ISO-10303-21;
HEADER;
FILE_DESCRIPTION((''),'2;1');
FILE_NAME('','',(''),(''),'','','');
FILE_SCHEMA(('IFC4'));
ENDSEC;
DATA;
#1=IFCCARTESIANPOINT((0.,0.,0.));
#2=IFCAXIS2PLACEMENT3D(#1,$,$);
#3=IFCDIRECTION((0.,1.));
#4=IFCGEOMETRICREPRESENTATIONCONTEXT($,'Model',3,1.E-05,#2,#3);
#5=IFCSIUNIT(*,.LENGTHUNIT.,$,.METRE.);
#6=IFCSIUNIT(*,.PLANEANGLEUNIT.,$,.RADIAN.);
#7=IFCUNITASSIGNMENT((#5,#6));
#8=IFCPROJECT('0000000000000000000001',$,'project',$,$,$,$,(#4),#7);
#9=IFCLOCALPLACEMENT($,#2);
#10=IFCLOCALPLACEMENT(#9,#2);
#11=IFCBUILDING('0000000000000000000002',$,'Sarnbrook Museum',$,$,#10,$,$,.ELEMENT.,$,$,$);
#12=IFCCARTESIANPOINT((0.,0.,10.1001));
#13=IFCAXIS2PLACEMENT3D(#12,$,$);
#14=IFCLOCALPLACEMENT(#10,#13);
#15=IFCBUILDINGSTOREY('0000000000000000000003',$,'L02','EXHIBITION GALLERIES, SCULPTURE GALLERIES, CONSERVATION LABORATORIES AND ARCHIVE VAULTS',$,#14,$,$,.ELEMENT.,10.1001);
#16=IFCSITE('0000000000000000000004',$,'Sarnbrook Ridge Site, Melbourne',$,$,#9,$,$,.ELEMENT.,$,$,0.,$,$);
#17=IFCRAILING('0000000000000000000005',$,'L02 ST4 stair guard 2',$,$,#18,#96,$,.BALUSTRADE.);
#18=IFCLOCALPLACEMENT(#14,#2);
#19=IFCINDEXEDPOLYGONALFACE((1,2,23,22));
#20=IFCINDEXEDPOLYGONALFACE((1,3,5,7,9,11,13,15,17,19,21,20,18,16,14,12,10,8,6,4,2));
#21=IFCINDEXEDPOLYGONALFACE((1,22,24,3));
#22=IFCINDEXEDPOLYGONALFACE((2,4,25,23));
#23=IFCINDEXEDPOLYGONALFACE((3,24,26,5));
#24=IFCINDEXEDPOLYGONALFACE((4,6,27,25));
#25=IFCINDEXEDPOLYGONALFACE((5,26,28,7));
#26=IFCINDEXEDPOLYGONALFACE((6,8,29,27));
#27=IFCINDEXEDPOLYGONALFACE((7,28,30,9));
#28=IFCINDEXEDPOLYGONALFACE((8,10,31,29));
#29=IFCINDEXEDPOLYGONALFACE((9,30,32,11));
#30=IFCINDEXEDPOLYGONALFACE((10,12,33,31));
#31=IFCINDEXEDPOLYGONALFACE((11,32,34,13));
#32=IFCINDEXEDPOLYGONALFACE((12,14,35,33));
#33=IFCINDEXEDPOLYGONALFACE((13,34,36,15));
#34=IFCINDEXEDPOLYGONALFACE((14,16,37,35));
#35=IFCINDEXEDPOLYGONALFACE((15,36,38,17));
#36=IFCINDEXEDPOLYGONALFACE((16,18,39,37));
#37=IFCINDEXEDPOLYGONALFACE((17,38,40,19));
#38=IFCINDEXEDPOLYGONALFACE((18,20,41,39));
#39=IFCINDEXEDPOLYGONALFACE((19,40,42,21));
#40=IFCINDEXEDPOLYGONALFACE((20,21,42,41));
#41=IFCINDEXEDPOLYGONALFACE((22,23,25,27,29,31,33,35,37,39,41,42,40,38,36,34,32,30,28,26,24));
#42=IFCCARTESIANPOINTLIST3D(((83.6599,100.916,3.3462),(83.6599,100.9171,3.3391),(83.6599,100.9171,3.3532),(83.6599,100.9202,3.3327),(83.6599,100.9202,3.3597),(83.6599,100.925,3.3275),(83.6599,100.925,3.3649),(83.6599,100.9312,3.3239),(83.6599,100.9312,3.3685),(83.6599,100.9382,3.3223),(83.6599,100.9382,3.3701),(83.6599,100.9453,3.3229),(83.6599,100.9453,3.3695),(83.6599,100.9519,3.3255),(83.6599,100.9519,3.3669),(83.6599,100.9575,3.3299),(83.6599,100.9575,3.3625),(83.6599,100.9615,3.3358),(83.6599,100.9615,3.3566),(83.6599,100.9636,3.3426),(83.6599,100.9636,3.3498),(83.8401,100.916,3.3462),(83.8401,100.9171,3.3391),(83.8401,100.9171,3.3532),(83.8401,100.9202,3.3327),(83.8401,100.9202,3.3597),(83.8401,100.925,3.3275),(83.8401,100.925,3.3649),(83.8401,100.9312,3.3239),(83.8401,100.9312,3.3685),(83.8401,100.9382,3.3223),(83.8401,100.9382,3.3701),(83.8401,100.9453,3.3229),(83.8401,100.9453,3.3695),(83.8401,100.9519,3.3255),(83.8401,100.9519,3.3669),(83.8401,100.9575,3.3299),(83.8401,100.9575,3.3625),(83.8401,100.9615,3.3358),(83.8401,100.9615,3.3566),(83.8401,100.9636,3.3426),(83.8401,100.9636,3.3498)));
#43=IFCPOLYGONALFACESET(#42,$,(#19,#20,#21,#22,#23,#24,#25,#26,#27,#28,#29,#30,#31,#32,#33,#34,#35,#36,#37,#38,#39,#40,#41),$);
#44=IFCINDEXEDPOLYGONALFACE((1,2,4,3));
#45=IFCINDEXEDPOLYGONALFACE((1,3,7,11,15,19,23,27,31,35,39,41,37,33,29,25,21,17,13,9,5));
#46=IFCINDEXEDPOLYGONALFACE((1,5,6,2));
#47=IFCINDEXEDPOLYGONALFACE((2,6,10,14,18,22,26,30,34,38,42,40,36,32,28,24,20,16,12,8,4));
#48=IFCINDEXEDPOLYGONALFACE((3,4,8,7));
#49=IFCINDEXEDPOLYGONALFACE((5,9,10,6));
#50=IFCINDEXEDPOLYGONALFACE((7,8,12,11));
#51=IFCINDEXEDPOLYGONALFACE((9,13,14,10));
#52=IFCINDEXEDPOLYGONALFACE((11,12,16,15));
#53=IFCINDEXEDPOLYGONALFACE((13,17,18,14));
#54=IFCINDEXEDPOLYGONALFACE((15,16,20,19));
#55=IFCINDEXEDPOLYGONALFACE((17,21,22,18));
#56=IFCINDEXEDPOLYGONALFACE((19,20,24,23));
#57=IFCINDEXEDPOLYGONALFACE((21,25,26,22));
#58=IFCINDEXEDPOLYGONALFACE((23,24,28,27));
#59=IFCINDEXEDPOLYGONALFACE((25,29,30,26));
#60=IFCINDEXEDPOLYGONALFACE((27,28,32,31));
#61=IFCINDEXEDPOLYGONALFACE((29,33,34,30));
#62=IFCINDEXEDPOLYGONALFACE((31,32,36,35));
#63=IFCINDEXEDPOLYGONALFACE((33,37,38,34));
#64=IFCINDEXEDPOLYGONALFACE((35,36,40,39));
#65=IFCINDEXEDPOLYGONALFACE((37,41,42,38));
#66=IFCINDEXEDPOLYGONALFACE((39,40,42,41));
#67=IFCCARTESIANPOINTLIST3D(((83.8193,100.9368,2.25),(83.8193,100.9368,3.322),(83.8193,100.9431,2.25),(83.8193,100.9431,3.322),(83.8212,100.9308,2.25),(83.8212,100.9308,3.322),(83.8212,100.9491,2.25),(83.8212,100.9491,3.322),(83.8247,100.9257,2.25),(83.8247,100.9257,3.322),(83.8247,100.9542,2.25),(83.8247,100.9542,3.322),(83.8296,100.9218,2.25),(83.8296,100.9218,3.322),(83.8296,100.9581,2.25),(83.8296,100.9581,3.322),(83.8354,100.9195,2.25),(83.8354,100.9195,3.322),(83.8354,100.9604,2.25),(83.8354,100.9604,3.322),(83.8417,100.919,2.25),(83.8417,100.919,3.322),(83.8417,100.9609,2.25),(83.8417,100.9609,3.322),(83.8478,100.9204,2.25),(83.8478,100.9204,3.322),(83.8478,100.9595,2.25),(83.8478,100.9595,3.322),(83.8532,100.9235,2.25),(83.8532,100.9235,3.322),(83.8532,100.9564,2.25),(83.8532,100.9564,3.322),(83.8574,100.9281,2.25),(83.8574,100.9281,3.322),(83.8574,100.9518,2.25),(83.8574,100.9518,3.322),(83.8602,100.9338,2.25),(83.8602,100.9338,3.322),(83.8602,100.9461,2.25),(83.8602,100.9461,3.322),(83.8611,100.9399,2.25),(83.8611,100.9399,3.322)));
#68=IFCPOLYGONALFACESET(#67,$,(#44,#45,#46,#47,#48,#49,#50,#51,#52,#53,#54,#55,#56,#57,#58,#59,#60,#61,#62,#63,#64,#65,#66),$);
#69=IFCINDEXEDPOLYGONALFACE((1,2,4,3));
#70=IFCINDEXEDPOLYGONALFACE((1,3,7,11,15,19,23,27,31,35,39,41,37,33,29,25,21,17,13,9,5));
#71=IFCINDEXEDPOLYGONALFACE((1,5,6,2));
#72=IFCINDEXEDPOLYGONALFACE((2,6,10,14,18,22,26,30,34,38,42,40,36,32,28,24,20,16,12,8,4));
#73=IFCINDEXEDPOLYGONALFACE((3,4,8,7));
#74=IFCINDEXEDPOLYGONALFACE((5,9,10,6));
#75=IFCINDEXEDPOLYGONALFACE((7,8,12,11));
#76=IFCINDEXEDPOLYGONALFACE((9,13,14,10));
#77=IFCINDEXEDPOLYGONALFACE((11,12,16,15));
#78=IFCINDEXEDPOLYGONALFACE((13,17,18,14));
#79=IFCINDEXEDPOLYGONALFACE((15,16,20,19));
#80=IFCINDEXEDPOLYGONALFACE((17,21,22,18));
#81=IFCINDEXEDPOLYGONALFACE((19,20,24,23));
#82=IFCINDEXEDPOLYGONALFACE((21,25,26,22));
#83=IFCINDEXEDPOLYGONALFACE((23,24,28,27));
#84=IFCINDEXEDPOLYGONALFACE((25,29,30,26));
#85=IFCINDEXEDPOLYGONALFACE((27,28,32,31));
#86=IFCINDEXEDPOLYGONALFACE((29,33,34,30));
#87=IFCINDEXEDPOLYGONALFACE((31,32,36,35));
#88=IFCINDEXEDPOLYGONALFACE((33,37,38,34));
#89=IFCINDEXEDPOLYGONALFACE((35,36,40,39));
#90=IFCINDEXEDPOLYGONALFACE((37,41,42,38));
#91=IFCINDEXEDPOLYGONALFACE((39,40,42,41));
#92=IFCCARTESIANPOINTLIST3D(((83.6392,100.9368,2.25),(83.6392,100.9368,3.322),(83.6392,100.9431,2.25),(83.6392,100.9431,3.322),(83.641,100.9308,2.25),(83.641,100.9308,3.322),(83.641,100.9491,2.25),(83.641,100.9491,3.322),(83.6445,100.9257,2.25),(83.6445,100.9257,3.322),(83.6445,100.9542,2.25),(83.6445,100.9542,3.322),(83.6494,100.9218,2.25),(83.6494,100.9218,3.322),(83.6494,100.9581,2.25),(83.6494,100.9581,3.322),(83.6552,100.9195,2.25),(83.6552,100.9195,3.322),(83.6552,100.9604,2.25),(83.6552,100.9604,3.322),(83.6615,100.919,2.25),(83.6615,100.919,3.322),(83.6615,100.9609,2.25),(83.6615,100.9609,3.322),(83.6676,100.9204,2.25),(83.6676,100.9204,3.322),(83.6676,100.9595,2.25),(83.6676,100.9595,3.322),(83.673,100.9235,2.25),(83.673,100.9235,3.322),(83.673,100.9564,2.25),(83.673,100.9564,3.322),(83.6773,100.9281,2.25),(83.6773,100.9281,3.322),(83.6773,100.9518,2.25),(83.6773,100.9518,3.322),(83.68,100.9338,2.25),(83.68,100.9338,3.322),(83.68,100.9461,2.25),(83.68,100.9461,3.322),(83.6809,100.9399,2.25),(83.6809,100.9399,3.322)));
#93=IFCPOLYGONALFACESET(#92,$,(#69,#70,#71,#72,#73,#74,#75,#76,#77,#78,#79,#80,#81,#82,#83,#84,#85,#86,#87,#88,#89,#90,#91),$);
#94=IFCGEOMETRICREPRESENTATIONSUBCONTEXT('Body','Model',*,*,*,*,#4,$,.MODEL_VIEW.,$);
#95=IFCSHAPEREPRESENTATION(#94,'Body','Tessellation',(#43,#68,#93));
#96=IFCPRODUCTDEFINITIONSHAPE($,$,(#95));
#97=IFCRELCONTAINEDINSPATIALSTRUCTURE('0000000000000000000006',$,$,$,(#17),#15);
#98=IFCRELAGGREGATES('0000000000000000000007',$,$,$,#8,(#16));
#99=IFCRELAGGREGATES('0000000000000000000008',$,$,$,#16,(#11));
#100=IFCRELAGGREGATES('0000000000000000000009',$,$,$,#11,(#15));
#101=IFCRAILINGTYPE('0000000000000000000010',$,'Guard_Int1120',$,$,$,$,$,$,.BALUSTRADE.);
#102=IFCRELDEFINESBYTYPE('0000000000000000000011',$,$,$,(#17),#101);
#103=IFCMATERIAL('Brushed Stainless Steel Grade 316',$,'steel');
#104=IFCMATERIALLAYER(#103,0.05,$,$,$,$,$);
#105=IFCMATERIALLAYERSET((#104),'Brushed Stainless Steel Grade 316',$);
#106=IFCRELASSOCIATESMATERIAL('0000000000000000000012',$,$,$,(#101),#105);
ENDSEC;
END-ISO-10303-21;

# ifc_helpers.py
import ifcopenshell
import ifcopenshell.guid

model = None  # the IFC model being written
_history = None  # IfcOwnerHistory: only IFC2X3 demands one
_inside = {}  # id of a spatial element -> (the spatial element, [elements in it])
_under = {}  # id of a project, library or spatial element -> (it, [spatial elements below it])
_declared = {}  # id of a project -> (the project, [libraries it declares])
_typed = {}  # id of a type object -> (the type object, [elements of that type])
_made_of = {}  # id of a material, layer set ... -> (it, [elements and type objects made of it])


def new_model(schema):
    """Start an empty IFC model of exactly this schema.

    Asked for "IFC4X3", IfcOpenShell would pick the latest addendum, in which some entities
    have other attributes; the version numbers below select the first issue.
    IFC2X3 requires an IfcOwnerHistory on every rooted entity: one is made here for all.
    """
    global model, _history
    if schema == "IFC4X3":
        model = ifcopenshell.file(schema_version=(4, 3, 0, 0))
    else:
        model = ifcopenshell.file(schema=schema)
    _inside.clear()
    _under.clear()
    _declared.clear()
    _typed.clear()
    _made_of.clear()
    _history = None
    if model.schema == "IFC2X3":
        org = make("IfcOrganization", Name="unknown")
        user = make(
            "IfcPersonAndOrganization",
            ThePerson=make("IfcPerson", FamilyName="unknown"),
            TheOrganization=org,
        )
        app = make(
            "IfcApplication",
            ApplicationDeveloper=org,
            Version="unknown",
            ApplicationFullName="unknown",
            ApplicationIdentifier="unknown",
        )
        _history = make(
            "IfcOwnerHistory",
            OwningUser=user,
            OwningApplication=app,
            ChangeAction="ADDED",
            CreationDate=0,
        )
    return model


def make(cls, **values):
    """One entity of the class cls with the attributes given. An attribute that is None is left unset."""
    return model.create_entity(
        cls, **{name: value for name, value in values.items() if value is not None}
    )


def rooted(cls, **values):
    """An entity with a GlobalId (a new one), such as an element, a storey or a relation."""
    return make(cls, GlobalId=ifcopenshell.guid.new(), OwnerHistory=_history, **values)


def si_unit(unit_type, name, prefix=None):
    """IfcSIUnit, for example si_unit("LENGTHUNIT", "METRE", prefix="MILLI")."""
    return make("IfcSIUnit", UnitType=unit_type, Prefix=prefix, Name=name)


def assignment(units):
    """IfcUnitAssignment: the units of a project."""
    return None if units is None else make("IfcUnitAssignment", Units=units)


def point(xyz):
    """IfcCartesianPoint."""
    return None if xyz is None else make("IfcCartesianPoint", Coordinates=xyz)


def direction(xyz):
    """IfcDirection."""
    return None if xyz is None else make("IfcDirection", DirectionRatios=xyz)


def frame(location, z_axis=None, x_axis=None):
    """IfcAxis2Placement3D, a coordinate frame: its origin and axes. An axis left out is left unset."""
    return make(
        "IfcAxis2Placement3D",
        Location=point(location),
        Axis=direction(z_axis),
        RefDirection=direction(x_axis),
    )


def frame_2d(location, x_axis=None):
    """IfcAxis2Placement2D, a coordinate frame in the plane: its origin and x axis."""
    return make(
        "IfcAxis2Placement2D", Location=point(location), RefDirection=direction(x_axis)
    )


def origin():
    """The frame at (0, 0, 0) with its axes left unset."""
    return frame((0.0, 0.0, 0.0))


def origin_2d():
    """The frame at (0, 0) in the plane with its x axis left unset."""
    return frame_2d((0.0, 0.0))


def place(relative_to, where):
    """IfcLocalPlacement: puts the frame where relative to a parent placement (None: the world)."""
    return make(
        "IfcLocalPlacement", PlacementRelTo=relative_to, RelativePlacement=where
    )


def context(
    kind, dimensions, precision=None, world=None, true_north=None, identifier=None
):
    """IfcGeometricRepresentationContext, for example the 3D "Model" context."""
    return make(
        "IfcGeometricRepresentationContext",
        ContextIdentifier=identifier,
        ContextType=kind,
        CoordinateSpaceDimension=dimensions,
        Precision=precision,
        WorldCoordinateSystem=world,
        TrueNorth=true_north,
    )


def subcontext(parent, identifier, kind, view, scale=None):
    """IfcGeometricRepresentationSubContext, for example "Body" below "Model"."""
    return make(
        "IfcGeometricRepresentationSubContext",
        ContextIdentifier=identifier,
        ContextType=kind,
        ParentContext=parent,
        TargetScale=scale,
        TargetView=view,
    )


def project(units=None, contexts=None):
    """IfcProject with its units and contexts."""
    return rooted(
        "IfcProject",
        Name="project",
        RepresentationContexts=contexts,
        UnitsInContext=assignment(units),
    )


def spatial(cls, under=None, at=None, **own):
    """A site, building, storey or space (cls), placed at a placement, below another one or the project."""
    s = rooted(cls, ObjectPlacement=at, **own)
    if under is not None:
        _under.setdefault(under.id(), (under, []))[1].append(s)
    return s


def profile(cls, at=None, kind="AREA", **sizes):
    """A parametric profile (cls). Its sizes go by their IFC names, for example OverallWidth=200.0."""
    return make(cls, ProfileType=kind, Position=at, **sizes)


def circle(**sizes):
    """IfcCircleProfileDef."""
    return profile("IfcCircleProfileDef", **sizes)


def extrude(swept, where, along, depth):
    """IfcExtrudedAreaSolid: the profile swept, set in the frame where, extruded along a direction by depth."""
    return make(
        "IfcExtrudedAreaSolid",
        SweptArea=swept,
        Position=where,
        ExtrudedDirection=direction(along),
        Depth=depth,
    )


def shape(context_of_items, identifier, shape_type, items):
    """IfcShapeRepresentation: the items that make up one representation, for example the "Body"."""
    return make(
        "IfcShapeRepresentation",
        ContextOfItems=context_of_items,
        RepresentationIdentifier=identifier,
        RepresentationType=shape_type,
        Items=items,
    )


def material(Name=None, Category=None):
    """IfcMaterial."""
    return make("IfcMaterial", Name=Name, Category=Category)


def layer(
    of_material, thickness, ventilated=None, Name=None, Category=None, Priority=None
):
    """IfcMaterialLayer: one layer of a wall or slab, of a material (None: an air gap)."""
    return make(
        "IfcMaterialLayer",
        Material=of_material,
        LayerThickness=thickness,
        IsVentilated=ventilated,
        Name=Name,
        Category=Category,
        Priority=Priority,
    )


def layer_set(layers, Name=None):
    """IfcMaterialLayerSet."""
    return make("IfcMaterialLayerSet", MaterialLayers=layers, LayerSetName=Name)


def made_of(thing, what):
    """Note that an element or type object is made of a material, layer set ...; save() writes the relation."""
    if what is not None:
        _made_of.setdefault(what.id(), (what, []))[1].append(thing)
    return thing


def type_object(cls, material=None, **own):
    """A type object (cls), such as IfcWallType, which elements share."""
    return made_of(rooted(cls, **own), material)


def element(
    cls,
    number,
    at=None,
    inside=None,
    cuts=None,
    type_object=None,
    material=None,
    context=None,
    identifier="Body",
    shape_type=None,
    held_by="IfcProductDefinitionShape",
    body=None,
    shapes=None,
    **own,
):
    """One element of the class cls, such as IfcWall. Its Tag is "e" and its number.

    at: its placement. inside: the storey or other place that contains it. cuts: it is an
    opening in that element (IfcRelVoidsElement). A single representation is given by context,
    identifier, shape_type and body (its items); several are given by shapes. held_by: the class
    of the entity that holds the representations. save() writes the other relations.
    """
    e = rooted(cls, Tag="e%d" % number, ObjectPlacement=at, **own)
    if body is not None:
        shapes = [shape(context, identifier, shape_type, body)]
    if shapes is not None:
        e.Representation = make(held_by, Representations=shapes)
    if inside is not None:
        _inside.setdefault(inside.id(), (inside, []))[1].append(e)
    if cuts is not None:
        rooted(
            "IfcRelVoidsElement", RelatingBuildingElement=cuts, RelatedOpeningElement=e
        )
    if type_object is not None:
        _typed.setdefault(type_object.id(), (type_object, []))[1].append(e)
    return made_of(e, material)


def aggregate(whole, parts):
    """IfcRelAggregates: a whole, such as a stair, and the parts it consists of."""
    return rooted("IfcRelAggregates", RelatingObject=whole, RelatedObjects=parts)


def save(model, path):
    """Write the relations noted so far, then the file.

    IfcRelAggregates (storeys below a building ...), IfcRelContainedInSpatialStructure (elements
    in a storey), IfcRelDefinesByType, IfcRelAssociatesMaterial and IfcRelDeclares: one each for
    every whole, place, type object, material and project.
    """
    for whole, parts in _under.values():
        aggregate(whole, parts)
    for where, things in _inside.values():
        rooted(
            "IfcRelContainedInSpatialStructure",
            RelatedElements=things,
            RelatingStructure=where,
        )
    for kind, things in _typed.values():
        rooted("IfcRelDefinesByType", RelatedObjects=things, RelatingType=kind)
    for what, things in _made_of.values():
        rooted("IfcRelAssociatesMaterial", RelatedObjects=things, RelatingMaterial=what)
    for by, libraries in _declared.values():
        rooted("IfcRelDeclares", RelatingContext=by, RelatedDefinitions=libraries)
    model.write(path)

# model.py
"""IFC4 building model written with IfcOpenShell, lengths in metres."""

from ifc_helpers import new_model, si_unit, direction, frame, origin, origin_2d, place, context, subcontext, project, spatial, circle, extrude, material, layer, layer_set, type_object, element, save


model = new_model("IFC4")

# Units and contexts
model_context = context("Model", 3, precision=1e-05, world=origin(), true_north=direction((0.0, 1.0)))
body_context = subcontext(model_context, "Body", "Model", "MODEL_VIEW")
ifc_project = project(units=[si_unit("LENGTHUNIT", "METRE"), si_unit("PLANEANGLEUNIT", "RADIAN")], contexts=[model_context])

# Site, building, storey
site_placement = place(None, origin())
site = spatial("IfcSite", under=ifc_project, at=site_placement, Name="Sarnbrook Ridge Site, Melbourne", CompositionType="ELEMENT", RefElevation=0.0)
building_placement = place(site_placement, origin())
building = spatial("IfcBuilding", under=site, at=building_placement, Name="Sarnbrook Museum", CompositionType="ELEMENT")
storey_placement = place(building_placement, frame((0.0, 0.0, 10.1001)))
storey = spatial("IfcBuildingStorey", under=building, at=storey_placement, Name="L02", Description="EXHIBITION GALLERIES, SCULPTURE GALLERIES, CONSERVATION LABORATORIES AND ARCHIVE VAULTS", CompositionType="ELEMENT", Elevation=10.1001)

# Shared definitions
ifc_material_1 = material(Name="Brushed Stainless Steel Grade 316", Category="steel")

# Railing
ifc_layer_1 = layer(ifc_material_1, 0.05)
ifc_layer_set_1 = layer_set([ifc_layer_1], Name="Brushed Stainless Steel Grade 316")
railing_type_1 = type_object("IfcRailingType", Name="Guard_Int1120", PredefinedType="BALUSTRADE", material=ifc_layer_set_1)
railing_1_placement = place(storey_placement, frame((83.8401, 100.9399, 2.25)))
element("IfcRailing", 1, at=railing_1_placement, inside=storey, type_object=railing_type_1, Name="L02 ST4 stair guard 2", PredefinedType="BALUSTRADE", context=body_context, shape_type="SweptSolid", body=[
    extrude(circle(Radius=0.0239, at=origin_2d()), frame((0.0, 0.0, 1.0962), z_axis=(-1.0, 0.0, 0.0), x_axis=(0.0, -1.0, 0.0)), (0.0, 0.0, 1.0), 0.1802),
    extrude(circle(Radius=0.021, at=origin_2d()), origin(), (0.0, 0.0, 1.0), 1.072),
    extrude(circle(Radius=0.021, at=origin_2d()), frame((-0.1802, 0.0, 0.0)), (0.0, 0.0, 1.0), 1.072),
])

save(model, "model.ifc")
